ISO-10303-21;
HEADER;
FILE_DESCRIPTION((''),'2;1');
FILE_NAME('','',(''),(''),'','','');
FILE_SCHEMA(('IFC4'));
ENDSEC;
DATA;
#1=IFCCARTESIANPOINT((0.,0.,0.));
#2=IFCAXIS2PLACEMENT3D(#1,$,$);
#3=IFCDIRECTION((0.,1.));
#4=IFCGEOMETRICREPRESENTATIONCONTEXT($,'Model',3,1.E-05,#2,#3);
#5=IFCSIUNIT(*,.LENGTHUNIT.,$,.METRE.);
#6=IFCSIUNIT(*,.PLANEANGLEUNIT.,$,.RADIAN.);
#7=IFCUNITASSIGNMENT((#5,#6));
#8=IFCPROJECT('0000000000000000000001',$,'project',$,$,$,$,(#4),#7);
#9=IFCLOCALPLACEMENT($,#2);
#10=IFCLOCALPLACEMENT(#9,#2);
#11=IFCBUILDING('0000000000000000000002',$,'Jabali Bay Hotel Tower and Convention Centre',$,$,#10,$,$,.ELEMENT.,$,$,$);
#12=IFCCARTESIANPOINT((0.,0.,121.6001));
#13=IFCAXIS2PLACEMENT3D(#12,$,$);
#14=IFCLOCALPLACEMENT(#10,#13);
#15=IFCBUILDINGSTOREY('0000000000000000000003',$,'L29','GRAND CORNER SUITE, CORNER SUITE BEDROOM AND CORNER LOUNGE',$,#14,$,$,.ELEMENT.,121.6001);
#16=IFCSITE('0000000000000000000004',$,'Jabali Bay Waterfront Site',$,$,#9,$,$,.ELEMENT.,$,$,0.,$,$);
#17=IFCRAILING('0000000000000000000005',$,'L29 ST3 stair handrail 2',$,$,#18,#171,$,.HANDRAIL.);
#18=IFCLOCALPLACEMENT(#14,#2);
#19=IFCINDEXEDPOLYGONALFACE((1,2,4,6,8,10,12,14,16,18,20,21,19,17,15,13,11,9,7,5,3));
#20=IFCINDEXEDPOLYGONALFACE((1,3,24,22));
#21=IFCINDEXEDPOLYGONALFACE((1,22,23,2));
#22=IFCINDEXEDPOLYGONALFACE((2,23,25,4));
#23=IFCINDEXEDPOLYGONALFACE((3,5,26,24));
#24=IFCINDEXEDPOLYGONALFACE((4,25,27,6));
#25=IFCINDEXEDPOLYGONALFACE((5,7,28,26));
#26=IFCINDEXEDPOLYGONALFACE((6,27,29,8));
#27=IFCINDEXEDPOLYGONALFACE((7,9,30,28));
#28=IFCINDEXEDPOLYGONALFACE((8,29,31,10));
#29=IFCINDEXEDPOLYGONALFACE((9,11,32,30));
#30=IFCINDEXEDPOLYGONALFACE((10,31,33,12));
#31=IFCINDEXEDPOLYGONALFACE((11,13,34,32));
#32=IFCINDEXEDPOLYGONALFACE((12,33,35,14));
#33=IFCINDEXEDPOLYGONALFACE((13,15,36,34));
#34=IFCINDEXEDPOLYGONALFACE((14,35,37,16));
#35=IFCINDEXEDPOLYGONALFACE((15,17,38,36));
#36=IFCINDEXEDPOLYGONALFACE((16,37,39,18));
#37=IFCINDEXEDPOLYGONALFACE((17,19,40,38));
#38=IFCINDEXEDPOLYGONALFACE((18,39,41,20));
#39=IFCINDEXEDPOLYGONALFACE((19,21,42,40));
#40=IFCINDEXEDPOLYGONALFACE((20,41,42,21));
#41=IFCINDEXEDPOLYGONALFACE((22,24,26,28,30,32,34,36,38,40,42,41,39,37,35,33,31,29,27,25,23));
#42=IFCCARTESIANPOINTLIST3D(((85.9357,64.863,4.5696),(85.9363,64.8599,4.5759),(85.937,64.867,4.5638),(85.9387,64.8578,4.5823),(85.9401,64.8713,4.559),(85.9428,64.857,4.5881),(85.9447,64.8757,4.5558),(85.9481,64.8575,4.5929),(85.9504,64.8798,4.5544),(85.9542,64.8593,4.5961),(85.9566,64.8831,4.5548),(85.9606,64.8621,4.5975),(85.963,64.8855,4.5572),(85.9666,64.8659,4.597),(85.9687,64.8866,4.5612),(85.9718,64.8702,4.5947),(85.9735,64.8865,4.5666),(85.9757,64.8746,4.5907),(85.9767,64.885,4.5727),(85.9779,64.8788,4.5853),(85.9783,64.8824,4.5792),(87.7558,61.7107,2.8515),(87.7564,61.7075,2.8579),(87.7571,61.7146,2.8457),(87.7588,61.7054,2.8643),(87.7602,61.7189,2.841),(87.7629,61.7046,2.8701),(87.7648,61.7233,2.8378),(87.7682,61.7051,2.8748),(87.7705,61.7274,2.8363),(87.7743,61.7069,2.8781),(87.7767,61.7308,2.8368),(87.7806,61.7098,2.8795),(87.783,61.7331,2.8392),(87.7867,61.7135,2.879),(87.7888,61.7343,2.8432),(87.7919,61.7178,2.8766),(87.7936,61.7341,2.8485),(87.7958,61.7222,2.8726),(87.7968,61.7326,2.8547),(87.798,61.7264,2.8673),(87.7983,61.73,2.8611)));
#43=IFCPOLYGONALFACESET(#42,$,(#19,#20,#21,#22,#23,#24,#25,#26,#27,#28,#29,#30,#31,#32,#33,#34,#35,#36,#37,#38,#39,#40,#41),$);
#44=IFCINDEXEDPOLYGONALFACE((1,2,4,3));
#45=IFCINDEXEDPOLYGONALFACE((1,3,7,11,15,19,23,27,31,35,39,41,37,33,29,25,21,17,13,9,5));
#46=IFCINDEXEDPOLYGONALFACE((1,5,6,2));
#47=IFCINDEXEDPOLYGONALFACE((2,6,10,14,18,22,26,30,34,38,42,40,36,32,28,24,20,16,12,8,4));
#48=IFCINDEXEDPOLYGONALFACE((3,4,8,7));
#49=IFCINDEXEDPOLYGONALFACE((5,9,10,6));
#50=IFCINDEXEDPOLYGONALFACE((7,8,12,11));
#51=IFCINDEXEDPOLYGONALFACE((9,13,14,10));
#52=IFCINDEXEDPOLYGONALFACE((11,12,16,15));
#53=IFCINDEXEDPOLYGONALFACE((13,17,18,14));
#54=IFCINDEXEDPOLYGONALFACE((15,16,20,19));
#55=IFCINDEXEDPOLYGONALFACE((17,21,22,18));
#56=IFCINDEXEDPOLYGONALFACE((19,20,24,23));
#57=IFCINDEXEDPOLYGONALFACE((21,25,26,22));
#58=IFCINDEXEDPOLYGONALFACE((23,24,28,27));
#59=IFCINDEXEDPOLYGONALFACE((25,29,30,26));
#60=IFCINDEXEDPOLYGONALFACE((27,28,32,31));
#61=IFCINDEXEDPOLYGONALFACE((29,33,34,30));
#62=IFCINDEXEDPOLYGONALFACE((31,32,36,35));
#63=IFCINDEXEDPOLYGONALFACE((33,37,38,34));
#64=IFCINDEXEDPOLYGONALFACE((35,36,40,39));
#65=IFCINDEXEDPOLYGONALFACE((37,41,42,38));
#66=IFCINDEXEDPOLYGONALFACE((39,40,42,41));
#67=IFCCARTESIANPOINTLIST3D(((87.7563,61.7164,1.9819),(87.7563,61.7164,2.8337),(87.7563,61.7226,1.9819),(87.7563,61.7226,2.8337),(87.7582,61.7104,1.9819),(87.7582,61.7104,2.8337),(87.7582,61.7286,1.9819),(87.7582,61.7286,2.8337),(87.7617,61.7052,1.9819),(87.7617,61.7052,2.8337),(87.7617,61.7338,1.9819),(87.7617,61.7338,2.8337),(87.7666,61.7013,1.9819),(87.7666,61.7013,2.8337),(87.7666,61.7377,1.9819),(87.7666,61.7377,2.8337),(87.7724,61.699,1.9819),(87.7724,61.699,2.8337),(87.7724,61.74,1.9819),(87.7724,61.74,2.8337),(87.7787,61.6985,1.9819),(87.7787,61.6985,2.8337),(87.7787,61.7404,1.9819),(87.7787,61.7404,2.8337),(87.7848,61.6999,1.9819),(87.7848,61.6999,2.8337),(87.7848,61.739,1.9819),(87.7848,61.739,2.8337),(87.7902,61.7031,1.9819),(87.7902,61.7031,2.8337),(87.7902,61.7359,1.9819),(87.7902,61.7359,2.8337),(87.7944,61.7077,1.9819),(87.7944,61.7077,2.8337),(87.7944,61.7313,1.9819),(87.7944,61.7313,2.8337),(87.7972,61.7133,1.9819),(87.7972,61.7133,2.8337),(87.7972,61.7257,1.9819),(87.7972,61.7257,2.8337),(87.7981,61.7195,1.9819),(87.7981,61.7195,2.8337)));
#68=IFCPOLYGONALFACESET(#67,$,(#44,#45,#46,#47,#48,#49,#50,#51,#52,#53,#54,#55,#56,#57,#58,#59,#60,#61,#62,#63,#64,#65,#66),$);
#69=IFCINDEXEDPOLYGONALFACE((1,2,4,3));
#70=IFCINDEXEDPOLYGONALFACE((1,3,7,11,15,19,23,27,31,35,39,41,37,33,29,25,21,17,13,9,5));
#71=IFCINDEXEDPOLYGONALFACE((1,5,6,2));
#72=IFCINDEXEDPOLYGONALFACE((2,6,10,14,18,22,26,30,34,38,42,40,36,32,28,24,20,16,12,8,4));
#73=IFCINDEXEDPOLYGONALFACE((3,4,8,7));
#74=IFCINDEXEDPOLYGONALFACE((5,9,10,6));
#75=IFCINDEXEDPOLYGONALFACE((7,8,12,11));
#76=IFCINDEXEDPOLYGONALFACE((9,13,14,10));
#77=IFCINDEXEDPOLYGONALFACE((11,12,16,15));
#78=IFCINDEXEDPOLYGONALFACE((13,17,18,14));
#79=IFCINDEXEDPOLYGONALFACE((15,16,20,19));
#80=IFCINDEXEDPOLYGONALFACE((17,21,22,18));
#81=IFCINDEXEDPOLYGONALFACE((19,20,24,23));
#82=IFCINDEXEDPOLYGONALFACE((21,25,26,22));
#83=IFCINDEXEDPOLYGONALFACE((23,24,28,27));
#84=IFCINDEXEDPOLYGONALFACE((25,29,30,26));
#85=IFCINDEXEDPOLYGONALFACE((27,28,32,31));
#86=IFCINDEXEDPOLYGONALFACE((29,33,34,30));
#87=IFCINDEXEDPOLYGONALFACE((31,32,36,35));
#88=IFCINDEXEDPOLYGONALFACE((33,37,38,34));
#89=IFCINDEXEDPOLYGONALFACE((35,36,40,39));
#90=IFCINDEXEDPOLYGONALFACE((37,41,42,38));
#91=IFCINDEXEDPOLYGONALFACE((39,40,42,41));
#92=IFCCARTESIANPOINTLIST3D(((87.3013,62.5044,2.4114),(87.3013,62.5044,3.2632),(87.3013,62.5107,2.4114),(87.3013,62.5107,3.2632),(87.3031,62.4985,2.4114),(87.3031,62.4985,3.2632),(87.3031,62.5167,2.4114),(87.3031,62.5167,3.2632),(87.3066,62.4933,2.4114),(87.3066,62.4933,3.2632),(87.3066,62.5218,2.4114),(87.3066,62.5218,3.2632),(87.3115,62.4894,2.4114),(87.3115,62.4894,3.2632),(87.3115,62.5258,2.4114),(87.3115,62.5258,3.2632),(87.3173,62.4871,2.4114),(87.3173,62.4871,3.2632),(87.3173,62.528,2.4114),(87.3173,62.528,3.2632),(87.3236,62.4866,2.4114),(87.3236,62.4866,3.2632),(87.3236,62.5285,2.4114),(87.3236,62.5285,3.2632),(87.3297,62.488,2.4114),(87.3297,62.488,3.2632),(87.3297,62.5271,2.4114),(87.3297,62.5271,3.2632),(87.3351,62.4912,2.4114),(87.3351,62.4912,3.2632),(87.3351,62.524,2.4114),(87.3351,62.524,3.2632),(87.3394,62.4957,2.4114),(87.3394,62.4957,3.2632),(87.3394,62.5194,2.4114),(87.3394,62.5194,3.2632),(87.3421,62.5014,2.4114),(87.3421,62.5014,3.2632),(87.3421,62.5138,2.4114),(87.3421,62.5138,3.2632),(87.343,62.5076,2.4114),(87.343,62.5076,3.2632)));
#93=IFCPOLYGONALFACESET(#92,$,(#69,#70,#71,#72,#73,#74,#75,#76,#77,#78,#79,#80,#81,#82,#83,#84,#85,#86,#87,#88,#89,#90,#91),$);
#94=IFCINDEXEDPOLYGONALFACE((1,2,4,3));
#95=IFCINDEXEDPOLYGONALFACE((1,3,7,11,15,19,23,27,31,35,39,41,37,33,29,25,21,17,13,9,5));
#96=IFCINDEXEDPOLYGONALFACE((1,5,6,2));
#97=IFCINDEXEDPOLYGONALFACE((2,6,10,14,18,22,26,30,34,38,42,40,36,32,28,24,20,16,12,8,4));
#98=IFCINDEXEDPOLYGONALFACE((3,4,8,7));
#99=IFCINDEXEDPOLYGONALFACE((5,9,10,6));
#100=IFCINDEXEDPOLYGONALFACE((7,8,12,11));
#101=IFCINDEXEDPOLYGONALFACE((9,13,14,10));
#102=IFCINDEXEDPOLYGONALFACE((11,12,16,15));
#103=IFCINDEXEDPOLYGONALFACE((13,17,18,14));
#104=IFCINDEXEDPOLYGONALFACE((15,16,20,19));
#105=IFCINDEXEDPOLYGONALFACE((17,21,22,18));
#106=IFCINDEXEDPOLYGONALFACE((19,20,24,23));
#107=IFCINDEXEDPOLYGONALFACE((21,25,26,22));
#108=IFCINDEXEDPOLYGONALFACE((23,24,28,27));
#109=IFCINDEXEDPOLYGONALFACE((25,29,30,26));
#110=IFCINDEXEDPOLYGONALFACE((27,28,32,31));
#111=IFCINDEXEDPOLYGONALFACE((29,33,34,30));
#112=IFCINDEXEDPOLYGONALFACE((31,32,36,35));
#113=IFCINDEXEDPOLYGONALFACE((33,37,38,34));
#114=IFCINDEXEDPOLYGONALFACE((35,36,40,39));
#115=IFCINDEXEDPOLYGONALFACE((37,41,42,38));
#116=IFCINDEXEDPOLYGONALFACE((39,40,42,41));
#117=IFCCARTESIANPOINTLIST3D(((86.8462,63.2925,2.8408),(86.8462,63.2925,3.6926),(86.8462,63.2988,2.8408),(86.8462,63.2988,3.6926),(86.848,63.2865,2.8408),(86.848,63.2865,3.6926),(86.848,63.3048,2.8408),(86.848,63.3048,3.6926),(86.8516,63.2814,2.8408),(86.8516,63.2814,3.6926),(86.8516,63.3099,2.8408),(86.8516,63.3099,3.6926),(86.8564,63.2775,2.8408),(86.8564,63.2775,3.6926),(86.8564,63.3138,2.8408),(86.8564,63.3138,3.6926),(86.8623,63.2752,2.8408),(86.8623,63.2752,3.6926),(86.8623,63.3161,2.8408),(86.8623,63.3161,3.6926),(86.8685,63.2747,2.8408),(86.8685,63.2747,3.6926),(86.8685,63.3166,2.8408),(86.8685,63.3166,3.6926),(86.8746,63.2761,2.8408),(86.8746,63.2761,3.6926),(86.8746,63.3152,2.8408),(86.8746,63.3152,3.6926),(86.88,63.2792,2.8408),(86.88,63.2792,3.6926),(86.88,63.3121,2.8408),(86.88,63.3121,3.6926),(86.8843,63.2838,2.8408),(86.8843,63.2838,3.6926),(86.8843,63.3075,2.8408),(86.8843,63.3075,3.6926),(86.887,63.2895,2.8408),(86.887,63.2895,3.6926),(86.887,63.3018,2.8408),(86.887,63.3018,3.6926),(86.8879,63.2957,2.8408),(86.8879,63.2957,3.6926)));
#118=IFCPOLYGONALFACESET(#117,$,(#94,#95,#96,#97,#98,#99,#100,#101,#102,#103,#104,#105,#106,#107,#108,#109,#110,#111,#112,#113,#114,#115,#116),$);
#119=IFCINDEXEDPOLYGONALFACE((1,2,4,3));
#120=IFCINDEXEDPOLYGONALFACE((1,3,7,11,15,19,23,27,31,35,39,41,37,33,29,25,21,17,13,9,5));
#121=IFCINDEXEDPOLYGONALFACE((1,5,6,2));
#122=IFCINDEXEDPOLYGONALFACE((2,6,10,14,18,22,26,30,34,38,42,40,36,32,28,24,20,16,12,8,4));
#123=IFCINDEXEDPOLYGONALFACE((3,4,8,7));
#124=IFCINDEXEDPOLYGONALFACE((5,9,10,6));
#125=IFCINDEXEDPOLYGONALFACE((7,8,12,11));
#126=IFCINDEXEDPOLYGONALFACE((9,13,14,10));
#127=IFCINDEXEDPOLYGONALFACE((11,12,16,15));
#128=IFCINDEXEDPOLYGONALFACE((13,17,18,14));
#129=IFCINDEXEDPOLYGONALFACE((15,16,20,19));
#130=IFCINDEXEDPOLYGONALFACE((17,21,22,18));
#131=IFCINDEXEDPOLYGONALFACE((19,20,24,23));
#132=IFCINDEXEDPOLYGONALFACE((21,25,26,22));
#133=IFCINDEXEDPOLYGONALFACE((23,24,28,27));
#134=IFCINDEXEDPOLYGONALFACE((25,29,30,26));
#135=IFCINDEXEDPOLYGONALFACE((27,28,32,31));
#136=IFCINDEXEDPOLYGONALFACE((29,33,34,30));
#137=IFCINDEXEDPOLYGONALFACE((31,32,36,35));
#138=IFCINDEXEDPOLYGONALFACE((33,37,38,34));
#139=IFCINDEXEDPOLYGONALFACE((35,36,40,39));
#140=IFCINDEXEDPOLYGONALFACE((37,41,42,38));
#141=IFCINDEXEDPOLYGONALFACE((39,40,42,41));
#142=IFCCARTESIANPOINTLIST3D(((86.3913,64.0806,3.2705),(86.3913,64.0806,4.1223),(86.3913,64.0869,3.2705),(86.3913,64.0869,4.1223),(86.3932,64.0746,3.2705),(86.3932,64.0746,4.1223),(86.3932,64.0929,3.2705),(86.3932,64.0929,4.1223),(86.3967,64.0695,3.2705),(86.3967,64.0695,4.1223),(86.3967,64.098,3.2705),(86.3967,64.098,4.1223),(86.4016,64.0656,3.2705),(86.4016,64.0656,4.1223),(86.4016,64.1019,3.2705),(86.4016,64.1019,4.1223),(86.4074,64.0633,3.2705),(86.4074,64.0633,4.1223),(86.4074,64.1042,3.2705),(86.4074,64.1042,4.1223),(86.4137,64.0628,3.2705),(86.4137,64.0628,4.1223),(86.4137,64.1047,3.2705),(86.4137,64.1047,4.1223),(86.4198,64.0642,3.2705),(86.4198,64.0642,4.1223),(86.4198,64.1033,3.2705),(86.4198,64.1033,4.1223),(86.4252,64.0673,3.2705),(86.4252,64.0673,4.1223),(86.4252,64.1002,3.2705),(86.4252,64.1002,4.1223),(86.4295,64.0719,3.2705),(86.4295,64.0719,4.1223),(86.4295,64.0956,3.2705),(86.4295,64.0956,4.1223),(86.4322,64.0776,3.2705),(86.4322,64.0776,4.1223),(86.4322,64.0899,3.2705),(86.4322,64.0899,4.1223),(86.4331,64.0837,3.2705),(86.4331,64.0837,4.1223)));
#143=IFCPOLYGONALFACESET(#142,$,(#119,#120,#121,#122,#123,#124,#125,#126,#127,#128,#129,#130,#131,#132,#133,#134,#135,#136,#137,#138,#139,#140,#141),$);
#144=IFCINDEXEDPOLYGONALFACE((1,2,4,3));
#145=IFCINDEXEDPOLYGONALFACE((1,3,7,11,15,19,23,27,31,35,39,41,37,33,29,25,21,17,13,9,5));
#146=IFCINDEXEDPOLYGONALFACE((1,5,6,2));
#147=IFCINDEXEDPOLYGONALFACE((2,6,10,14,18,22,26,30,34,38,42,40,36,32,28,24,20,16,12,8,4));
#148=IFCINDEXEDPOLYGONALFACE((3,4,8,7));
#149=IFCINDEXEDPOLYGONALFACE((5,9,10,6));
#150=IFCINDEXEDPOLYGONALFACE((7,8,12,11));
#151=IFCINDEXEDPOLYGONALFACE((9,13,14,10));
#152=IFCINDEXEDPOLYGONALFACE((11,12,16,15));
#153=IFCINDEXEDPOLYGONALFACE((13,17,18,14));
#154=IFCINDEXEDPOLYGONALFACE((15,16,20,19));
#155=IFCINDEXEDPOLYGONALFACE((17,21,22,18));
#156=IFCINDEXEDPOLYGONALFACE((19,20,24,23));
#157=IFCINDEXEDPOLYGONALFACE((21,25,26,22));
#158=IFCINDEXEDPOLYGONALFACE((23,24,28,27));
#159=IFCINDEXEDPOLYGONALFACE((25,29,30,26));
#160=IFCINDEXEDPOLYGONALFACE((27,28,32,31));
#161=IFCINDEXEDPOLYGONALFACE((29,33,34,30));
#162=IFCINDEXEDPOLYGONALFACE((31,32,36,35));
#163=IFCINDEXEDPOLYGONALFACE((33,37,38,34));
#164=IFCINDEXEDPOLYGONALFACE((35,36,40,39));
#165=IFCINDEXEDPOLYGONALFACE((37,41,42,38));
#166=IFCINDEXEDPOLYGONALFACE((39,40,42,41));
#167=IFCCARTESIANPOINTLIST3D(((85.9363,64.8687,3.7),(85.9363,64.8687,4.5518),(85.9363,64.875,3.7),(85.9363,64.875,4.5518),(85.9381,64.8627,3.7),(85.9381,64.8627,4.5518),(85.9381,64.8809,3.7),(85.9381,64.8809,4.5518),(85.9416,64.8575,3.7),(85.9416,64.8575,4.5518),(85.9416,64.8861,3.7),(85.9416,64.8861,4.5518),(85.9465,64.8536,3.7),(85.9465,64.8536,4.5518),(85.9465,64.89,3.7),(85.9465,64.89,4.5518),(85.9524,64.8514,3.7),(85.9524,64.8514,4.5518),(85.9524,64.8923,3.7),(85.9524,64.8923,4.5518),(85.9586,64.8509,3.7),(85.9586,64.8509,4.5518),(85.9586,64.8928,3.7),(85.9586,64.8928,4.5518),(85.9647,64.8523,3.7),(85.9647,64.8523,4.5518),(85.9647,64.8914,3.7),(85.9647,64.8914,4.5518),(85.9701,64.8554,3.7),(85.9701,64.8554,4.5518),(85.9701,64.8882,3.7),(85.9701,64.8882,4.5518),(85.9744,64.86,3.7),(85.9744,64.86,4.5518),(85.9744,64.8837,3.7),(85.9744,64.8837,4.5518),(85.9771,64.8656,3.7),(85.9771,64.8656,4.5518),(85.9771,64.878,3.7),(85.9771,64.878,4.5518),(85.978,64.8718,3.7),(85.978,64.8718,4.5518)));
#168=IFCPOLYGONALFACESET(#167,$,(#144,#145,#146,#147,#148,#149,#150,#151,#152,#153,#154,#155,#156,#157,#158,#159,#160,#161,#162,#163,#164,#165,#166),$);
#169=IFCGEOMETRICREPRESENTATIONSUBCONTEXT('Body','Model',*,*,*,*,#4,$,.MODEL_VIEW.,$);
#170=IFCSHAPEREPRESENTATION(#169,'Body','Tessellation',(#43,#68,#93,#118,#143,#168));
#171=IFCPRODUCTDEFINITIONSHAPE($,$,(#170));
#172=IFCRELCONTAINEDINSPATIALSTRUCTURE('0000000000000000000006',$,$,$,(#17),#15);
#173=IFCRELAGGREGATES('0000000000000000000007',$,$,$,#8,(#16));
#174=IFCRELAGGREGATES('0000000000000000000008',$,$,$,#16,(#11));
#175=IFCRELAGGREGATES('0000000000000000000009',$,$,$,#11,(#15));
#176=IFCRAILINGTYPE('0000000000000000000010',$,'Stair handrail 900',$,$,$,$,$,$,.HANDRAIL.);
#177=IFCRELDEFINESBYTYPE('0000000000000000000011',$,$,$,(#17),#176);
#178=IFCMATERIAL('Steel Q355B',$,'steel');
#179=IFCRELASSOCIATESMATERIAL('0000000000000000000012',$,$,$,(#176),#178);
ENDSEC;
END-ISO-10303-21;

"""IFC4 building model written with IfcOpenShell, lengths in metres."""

from ifc_helpers import new_model, si_unit, direction, frame, origin, origin_2d, place, context, subcontext, project, spatial, circle, extrude, material, type_object, element, save


model = new_model("IFC4")

# Units and contexts
model_context = context("Model", 3, precision=1e-05, world=origin(), true_north=direction((0.0, 1.0)))
body_context = subcontext(model_context, "Body", "Model", "MODEL_VIEW")
ifc_project = project(units=[si_unit("LENGTHUNIT", "METRE"), si_unit("PLANEANGLEUNIT", "RADIAN")], contexts=[model_context])

# Site, building, storey
site_placement = place(None, origin())
site = spatial("IfcSite", under=ifc_project, at=site_placement, Name="Jabali Bay Waterfront Site", CompositionType="ELEMENT", RefElevation=0.0)
building_placement = place(site_placement, origin())
building = spatial("IfcBuilding", under=site, at=building_placement, Name="Jabali Bay Hotel Tower and Convention Centre", CompositionType="ELEMENT")
storey_placement = place(building_placement, frame((0.0, 0.0, 121.6001)))
storey = spatial("IfcBuildingStorey", under=building, at=storey_placement, Name="L29", Description="GRAND CORNER SUITE, CORNER SUITE BEDROOM AND CORNER LOUNGE", CompositionType="ELEMENT", Elevation=121.6001)

# Railing
ifc_material_1 = material(Name="Steel Q355B", Category="steel")
railing_type_1 = type_object("IfcRailingType", Name="Stair handrail 900", PredefinedType="HANDRAIL", material=ifc_material_1)
railing_1_placement = place(storey_placement, frame((87.7771, 61.7195, 1.9819)))
element("IfcRailing", 1, at=railing_1_placement, inside=storey, type_object=railing_type_1, Name="L29 ST3 stair handrail 2", PredefinedType="HANDRAIL", context=body_context, shape_type="SweptSolid", body=[
    extrude(circle(Radius=0.0239, at=origin_2d()), frame((0.0, 0.0, 0.876), z_axis=(-0.452179, 0.78317, 0.426825), x_axis=(-0.866018, -0.500013, 0.0)), (0.0, 0.0, 1.0), 4.0251),
    extrude(circle(Radius=0.021, at=origin_2d()), origin(), (0.0, 0.0, 1.0), 0.8518),
    extrude(circle(Radius=0.021, at=origin_2d()), frame((-0.4551, 0.7881, 0.4294)), (0.0, 0.0, 1.0), 0.8518),
    extrude(circle(Radius=0.021, at=origin_2d()), frame((-0.9102, 1.5762, 0.8589)), (0.0, 0.0, 1.0), 0.8518),
    extrude(circle(Radius=0.021, at=origin_2d()), frame((-1.365, 2.3643, 1.2886)), (0.0, 0.0, 1.0), 0.8518),
    extrude(circle(Radius=0.021, at=origin_2d()), frame((-1.8201, 3.1523, 1.718)), (0.0, 0.0, 1.0), 0.8518),
])

save(model, "model.ifc")
